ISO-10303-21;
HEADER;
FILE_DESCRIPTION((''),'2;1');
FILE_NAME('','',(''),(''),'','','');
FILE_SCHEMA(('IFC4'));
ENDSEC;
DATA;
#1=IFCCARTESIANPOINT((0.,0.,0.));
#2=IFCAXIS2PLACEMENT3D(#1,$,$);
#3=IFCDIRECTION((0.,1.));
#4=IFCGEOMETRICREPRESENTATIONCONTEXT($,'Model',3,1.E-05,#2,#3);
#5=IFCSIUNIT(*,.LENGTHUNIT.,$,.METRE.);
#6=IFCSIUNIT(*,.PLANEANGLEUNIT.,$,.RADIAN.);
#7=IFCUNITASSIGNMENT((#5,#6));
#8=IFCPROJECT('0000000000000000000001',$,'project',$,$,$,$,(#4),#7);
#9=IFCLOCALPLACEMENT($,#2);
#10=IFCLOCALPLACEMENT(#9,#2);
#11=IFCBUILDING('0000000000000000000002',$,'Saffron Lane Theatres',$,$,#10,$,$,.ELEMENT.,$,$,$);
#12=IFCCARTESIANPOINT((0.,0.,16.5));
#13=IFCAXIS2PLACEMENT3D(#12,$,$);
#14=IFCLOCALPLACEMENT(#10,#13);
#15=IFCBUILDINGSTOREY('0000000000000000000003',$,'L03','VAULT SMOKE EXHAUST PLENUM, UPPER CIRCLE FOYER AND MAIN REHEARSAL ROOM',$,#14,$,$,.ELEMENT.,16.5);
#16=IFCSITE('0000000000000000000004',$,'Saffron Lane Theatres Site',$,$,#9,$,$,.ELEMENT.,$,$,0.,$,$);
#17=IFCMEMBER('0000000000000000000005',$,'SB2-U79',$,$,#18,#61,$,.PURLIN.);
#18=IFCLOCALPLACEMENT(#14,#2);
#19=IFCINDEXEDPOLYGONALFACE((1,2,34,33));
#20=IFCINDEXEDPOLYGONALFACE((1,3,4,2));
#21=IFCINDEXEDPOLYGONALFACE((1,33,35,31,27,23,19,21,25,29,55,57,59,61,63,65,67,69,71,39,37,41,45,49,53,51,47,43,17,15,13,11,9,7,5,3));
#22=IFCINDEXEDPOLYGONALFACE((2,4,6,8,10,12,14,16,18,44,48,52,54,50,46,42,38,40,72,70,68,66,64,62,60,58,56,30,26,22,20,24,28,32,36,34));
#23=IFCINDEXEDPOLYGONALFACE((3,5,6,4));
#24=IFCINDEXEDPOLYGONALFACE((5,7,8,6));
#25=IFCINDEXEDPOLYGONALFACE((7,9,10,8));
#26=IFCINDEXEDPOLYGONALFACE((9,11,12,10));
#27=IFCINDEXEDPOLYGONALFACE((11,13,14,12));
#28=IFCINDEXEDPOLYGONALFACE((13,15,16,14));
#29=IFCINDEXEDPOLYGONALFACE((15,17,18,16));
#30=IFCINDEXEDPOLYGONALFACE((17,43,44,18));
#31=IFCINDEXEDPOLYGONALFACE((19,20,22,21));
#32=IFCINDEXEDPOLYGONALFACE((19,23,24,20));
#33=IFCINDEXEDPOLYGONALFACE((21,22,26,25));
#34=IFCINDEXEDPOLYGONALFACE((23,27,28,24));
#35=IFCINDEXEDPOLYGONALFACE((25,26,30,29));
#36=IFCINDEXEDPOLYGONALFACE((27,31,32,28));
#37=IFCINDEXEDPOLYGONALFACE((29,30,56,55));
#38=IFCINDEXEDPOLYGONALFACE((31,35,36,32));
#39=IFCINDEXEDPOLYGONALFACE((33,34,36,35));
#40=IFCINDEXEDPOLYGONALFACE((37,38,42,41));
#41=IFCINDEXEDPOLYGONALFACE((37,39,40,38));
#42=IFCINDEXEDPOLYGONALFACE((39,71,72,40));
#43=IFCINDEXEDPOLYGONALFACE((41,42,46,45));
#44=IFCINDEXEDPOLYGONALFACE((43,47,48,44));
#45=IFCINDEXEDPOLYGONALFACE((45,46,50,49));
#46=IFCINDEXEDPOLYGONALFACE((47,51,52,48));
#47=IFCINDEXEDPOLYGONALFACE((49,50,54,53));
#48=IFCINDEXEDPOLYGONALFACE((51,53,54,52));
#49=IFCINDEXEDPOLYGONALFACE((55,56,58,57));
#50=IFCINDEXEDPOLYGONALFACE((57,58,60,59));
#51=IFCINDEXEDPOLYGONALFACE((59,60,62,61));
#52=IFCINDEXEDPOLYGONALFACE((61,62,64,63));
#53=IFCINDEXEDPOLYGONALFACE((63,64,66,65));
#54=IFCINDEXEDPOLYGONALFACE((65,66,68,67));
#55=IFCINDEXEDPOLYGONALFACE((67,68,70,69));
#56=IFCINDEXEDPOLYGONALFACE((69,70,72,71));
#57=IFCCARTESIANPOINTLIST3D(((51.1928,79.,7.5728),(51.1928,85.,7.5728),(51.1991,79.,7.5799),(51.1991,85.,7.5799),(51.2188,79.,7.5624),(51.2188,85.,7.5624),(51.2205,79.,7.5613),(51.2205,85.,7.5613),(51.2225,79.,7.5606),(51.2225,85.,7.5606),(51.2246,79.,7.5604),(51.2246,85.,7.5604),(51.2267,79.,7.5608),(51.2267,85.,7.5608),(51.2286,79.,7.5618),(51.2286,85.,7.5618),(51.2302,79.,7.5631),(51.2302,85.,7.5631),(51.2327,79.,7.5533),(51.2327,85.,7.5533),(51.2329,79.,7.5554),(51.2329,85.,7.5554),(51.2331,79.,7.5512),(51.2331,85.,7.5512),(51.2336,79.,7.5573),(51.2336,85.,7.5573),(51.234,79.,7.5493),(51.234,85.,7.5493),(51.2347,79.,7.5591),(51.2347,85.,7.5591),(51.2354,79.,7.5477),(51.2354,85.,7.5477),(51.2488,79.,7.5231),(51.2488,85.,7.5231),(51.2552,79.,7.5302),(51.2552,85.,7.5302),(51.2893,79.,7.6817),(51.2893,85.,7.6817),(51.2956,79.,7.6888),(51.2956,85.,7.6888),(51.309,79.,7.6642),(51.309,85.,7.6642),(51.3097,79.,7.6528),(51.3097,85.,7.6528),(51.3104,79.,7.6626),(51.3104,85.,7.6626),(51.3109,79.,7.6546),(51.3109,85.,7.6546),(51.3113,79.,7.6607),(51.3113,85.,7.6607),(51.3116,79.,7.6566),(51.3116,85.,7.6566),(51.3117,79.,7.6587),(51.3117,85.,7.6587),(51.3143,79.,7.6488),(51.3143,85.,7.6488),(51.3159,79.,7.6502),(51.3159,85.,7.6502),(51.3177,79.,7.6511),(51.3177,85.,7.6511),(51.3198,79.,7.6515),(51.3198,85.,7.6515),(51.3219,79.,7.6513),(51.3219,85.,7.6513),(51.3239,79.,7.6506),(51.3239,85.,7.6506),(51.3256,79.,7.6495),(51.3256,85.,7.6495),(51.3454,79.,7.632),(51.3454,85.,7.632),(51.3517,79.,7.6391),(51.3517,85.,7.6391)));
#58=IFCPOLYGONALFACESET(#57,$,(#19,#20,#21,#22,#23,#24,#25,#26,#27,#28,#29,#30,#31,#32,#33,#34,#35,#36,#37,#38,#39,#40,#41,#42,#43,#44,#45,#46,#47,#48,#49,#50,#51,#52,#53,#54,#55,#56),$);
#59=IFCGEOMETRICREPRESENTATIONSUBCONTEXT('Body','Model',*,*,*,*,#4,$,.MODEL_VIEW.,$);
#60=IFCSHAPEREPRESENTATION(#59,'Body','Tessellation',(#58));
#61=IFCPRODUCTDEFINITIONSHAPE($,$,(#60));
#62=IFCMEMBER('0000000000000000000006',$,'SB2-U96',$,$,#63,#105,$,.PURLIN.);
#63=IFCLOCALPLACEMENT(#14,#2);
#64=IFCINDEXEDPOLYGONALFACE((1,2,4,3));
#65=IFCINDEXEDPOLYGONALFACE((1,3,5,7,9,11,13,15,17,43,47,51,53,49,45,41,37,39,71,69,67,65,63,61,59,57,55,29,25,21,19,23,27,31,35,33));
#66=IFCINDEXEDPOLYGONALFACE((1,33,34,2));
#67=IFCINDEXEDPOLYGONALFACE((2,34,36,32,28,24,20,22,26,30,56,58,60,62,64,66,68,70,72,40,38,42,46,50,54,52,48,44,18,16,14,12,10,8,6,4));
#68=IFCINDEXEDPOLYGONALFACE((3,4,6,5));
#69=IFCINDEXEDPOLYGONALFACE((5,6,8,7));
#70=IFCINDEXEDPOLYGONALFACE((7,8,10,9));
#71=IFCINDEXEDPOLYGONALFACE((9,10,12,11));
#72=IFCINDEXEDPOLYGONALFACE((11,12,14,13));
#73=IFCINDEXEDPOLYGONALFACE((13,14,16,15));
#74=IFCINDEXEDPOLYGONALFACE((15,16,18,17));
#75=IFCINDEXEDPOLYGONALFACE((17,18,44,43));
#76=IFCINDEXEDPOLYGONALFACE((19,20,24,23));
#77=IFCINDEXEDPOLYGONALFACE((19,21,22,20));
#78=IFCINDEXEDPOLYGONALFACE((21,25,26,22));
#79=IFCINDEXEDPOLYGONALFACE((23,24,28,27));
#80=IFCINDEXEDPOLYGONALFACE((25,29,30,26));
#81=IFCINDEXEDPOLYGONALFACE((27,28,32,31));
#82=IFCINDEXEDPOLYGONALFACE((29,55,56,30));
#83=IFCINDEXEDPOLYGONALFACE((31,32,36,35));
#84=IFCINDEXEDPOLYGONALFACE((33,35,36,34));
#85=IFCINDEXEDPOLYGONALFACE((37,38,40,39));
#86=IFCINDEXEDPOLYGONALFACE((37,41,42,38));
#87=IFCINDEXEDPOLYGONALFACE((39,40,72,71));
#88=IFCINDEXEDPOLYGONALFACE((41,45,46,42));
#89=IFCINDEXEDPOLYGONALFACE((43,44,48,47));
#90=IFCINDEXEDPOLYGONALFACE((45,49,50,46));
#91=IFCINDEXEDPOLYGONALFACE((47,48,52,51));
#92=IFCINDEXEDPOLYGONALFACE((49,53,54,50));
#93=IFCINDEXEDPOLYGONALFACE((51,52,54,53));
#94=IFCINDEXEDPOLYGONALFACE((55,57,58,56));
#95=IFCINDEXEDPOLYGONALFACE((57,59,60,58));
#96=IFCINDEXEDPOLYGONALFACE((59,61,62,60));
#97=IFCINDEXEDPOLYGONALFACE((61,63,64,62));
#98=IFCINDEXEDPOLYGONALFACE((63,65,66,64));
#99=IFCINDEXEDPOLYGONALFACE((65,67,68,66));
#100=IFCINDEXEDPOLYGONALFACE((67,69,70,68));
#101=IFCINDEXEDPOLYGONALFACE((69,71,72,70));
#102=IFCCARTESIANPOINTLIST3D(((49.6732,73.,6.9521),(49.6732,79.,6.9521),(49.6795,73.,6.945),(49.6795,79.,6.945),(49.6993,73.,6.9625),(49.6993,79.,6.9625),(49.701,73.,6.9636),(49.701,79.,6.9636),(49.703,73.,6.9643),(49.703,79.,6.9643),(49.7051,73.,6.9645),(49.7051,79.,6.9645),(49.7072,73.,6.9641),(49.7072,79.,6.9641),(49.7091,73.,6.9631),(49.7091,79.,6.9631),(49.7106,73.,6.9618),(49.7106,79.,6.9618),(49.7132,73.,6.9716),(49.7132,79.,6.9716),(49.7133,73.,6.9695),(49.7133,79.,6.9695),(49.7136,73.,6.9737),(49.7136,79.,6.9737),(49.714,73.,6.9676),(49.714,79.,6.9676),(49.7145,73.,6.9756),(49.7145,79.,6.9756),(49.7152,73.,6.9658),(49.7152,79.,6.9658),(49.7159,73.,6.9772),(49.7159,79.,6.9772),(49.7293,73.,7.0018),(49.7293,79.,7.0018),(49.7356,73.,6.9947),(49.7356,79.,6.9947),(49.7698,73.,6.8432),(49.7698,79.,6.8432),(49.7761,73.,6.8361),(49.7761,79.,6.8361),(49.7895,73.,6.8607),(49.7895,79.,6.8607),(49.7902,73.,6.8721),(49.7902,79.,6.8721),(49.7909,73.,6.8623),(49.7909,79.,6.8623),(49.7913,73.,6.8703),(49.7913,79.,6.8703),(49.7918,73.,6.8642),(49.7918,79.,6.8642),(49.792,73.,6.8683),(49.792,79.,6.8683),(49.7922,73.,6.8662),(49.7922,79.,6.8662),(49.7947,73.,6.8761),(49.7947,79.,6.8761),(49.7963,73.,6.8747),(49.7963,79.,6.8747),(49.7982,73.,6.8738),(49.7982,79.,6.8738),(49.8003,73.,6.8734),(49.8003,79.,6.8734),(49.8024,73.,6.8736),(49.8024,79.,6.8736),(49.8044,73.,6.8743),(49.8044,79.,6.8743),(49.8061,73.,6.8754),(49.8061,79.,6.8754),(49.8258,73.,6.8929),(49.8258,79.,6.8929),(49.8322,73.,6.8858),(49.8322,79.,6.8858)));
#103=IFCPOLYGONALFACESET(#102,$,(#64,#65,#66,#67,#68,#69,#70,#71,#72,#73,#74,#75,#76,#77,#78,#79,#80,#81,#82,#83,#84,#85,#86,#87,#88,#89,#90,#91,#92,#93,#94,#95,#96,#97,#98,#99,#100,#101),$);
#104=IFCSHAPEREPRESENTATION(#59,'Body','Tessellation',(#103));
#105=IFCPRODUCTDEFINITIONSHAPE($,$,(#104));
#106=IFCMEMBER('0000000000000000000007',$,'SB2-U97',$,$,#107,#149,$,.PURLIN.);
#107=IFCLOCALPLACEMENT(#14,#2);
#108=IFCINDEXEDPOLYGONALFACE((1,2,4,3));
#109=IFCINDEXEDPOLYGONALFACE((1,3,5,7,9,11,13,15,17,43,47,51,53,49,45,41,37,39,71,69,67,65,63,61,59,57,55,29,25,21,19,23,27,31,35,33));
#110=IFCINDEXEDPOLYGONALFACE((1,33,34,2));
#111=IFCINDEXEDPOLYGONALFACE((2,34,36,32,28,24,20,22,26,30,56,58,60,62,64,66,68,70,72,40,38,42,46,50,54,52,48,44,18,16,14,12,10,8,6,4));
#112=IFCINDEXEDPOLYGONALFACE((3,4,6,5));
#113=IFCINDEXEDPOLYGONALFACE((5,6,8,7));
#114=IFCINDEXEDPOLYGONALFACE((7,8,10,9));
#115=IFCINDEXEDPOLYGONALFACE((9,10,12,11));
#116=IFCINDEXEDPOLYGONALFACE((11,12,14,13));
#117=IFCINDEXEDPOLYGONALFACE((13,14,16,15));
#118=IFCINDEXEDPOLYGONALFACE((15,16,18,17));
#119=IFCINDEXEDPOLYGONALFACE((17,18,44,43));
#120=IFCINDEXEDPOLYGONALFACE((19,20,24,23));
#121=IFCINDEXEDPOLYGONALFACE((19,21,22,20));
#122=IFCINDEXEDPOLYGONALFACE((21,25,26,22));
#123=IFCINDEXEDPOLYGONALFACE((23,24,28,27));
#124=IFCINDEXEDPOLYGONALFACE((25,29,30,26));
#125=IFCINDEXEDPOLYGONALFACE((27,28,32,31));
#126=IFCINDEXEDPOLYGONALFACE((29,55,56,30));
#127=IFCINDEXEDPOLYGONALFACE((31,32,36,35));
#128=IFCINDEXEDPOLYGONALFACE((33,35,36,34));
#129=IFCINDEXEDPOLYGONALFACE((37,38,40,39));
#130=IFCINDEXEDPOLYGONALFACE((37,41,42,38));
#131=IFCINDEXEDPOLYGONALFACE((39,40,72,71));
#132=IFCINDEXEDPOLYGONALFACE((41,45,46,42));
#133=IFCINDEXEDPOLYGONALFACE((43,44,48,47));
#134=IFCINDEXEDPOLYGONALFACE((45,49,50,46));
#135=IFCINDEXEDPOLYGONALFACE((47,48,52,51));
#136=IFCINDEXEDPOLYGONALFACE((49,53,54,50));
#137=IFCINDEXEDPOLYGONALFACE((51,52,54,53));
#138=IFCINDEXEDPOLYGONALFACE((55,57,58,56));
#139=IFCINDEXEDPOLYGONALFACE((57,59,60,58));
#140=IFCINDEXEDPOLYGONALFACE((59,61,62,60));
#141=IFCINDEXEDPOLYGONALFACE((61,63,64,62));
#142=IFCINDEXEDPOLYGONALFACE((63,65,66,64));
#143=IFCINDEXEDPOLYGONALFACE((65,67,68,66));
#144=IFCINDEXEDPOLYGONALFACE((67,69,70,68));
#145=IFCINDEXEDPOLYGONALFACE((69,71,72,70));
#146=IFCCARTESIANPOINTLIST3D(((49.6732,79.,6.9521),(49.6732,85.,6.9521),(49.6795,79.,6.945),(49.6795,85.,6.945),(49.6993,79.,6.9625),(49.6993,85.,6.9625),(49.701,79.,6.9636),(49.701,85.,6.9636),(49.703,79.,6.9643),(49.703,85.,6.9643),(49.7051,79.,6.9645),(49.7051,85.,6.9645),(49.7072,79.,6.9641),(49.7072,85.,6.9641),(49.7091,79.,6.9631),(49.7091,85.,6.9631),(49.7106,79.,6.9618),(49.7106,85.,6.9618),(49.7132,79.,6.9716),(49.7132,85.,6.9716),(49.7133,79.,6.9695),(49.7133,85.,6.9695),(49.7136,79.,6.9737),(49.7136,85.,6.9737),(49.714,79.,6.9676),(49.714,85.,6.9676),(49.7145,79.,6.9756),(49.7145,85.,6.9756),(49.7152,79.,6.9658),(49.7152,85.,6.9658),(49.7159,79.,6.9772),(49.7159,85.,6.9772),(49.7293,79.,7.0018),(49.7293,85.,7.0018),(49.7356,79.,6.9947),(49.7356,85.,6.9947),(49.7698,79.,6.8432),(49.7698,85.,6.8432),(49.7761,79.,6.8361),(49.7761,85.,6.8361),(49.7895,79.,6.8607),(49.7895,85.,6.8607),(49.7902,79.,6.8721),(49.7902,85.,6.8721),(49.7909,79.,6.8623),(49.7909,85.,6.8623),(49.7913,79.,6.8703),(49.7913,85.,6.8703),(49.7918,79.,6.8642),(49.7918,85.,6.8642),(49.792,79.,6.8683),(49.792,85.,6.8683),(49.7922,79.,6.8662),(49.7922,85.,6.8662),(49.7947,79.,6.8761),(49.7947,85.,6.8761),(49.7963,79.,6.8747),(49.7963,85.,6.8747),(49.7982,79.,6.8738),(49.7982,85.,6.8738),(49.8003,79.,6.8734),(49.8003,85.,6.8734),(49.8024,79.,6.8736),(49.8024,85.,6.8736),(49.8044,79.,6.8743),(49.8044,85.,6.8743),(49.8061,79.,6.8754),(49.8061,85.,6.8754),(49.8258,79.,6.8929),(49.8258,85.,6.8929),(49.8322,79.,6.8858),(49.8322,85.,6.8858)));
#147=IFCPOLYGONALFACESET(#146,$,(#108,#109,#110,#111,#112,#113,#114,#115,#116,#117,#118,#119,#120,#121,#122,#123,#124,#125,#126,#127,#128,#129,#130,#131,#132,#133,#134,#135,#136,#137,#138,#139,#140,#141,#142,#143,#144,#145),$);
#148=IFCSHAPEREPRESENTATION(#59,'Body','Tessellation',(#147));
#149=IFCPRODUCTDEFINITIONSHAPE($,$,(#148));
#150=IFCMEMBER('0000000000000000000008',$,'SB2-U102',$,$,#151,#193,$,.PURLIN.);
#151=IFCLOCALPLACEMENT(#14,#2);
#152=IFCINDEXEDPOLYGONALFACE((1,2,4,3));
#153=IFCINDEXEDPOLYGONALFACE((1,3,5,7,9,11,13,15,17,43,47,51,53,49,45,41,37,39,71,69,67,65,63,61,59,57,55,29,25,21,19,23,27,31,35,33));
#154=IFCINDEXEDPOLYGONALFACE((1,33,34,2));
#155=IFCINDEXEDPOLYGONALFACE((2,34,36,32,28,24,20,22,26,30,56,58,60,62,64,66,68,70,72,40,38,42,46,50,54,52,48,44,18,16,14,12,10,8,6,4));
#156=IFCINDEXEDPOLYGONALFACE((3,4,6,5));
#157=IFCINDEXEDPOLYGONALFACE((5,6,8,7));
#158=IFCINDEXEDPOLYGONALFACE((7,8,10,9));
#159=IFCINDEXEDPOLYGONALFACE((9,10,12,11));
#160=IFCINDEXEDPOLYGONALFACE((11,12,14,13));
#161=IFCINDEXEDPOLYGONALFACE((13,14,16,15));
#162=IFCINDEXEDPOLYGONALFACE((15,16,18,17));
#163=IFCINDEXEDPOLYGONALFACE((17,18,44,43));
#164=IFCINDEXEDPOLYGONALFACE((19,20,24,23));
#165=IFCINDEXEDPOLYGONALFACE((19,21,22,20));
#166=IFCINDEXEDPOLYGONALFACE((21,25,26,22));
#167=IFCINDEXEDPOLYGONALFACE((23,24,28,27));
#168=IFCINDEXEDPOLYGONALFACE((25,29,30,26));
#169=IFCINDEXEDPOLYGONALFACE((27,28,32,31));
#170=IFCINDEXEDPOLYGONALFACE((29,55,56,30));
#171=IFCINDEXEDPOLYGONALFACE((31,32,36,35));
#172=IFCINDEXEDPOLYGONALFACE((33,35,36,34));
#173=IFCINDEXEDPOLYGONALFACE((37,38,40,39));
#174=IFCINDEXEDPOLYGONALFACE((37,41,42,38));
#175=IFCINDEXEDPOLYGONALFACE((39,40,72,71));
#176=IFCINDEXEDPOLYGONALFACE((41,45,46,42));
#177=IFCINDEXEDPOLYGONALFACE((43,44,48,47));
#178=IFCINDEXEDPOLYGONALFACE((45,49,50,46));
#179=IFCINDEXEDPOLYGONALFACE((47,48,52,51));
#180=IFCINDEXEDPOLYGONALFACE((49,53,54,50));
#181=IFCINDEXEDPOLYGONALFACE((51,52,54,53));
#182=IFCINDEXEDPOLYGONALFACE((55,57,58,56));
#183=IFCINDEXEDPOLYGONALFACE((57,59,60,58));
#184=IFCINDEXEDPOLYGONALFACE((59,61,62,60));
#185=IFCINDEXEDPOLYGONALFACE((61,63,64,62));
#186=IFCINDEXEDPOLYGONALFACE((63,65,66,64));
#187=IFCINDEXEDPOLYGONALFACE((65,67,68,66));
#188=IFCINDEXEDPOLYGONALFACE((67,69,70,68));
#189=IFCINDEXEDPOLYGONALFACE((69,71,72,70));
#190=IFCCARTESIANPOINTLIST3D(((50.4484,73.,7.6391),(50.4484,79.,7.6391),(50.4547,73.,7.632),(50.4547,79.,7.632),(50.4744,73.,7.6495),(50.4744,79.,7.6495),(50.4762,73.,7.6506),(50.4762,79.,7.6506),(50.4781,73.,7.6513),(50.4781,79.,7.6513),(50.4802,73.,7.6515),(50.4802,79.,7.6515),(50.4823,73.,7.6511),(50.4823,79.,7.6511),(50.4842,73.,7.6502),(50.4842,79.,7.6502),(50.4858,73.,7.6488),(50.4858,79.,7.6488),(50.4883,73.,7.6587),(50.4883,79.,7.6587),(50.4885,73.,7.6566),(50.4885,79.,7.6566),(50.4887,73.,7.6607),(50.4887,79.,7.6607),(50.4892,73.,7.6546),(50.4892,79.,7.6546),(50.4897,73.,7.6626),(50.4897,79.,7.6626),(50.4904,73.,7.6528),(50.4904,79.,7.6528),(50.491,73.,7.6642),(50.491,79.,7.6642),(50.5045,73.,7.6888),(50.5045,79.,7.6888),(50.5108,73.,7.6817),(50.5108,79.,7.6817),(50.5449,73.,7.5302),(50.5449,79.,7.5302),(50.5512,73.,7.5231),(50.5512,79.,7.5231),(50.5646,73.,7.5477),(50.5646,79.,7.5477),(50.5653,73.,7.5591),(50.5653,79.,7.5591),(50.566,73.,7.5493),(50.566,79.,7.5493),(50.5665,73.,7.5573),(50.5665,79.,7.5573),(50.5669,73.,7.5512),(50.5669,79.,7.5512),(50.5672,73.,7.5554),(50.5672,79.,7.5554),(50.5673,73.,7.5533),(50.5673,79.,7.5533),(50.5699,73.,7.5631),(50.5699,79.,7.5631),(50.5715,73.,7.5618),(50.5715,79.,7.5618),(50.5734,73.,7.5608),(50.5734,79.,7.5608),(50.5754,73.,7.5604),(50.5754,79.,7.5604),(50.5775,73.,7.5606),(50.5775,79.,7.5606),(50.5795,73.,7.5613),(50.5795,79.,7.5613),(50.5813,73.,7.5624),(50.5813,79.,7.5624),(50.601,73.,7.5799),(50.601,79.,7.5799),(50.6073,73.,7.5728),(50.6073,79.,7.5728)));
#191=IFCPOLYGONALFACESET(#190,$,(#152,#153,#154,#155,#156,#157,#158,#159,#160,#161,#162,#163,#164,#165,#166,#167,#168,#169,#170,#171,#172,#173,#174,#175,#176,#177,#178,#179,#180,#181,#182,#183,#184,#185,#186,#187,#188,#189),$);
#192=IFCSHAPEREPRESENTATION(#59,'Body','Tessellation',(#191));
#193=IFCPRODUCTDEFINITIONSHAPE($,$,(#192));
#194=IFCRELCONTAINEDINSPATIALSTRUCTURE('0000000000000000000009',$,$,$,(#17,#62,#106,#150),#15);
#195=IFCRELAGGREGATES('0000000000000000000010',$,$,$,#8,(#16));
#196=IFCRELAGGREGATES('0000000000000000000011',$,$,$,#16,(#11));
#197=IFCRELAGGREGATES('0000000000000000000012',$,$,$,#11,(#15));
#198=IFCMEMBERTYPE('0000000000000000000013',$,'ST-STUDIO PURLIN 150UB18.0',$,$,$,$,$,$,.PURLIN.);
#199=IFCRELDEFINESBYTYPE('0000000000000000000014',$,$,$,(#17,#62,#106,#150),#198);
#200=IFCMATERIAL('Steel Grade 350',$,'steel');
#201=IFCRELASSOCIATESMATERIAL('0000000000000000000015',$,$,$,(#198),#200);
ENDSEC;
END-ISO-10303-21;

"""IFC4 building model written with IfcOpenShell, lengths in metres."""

from ifc_helpers import new_model, si_unit, direction, frame, origin, origin_2d, place, context, subcontext, project, spatial, i_section, extrude, material, material_profile, profile_set, type_object, element, save


model = new_model("IFC4")

# Units and contexts
model_context = context("Model", 3, precision=1e-05, world=origin(), true_north=direction((0.0, 1.0)))
body_context = subcontext(model_context, "Body", "Model", "MODEL_VIEW")
ifc_project = project(units=[si_unit("LENGTHUNIT", "METRE"), si_unit("PLANEANGLEUNIT", "RADIAN")], contexts=[model_context])

# Site, building, storey
site_placement = place(None, origin())
site = spatial("IfcSite", under=ifc_project, at=site_placement, Name="Saffron Lane Theatres Site", CompositionType="ELEMENT", RefElevation=0.0)
building_placement = place(site_placement, origin())
building = spatial("IfcBuilding", under=site, at=building_placement, Name="Saffron Lane Theatres", CompositionType="ELEMENT")
storey_placement = place(building_placement, frame((0.0, 0.0, 16.5)))
storey = spatial("IfcBuildingStorey", under=building, at=storey_placement, Name="L03", Description="VAULT SMOKE EXHAUST PLENUM, UPPER CIRCLE FOYER AND MAIN REHEARSAL ROOM", CompositionType="ELEMENT", Elevation=16.5)

# Members
ifc_material_1 = material(Name="Steel Grade 350", Category="steel")
ifc_material_profile_1 = material_profile(ifc_material_1, i_section(OverallWidth=0.075, OverallDepth=0.155, WebThickness=0.0061, FlangeThickness=0.0095, FilletRadius=0.0081, at=origin_2d()))
ifc_profile_set_1 = profile_set([ifc_material_profile_1], Name="Steel Grade 350")
member_type_1 = type_object("IfcMemberType", Name="ST-STUDIO PURLIN 150UB18.0", PredefinedType="PURLIN", material=ifc_profile_set_1)
for number, where, z_axis, x_axis, name in (
    (1, (51.2722, 79.0, 7.606), (0.0, 1.0, 0.0), (-0.748269, 0.0, 0.663396), "SB2-U79"),
    (2, (49.7527, 73.0, 6.9189), (0.0, 1.0, 0.0), (-0.748269, 0.0, -0.663396), "SB2-U96"),
    (3, (49.7527, 79.0, 6.9189), (0.0, 1.0, 0.0), (-0.748269, 0.0, -0.663396), "SB2-U97"),
    (4, (50.5278, 73.0, 7.606), (0.0, 1.0, 0.0), (-0.748269, 0.0, -0.663396), "SB2-U102"),
):
    element("IfcMember", number, at=place(storey_placement, frame(where, z_axis=z_axis, x_axis=x_axis)), inside=storey, type_object=member_type_1, Name=name, PredefinedType="PURLIN", context=body_context, shape_type="SweptSolid", body=[
        extrude(i_section(OverallWidth=0.075, OverallDepth=0.155, WebThickness=0.0061, FlangeThickness=0.0095, FilletRadius=0.0081, at=origin_2d()), origin(), (0.0, 0.0, 1.0), 6.0),
    ])

save(model, "model.ifc")
